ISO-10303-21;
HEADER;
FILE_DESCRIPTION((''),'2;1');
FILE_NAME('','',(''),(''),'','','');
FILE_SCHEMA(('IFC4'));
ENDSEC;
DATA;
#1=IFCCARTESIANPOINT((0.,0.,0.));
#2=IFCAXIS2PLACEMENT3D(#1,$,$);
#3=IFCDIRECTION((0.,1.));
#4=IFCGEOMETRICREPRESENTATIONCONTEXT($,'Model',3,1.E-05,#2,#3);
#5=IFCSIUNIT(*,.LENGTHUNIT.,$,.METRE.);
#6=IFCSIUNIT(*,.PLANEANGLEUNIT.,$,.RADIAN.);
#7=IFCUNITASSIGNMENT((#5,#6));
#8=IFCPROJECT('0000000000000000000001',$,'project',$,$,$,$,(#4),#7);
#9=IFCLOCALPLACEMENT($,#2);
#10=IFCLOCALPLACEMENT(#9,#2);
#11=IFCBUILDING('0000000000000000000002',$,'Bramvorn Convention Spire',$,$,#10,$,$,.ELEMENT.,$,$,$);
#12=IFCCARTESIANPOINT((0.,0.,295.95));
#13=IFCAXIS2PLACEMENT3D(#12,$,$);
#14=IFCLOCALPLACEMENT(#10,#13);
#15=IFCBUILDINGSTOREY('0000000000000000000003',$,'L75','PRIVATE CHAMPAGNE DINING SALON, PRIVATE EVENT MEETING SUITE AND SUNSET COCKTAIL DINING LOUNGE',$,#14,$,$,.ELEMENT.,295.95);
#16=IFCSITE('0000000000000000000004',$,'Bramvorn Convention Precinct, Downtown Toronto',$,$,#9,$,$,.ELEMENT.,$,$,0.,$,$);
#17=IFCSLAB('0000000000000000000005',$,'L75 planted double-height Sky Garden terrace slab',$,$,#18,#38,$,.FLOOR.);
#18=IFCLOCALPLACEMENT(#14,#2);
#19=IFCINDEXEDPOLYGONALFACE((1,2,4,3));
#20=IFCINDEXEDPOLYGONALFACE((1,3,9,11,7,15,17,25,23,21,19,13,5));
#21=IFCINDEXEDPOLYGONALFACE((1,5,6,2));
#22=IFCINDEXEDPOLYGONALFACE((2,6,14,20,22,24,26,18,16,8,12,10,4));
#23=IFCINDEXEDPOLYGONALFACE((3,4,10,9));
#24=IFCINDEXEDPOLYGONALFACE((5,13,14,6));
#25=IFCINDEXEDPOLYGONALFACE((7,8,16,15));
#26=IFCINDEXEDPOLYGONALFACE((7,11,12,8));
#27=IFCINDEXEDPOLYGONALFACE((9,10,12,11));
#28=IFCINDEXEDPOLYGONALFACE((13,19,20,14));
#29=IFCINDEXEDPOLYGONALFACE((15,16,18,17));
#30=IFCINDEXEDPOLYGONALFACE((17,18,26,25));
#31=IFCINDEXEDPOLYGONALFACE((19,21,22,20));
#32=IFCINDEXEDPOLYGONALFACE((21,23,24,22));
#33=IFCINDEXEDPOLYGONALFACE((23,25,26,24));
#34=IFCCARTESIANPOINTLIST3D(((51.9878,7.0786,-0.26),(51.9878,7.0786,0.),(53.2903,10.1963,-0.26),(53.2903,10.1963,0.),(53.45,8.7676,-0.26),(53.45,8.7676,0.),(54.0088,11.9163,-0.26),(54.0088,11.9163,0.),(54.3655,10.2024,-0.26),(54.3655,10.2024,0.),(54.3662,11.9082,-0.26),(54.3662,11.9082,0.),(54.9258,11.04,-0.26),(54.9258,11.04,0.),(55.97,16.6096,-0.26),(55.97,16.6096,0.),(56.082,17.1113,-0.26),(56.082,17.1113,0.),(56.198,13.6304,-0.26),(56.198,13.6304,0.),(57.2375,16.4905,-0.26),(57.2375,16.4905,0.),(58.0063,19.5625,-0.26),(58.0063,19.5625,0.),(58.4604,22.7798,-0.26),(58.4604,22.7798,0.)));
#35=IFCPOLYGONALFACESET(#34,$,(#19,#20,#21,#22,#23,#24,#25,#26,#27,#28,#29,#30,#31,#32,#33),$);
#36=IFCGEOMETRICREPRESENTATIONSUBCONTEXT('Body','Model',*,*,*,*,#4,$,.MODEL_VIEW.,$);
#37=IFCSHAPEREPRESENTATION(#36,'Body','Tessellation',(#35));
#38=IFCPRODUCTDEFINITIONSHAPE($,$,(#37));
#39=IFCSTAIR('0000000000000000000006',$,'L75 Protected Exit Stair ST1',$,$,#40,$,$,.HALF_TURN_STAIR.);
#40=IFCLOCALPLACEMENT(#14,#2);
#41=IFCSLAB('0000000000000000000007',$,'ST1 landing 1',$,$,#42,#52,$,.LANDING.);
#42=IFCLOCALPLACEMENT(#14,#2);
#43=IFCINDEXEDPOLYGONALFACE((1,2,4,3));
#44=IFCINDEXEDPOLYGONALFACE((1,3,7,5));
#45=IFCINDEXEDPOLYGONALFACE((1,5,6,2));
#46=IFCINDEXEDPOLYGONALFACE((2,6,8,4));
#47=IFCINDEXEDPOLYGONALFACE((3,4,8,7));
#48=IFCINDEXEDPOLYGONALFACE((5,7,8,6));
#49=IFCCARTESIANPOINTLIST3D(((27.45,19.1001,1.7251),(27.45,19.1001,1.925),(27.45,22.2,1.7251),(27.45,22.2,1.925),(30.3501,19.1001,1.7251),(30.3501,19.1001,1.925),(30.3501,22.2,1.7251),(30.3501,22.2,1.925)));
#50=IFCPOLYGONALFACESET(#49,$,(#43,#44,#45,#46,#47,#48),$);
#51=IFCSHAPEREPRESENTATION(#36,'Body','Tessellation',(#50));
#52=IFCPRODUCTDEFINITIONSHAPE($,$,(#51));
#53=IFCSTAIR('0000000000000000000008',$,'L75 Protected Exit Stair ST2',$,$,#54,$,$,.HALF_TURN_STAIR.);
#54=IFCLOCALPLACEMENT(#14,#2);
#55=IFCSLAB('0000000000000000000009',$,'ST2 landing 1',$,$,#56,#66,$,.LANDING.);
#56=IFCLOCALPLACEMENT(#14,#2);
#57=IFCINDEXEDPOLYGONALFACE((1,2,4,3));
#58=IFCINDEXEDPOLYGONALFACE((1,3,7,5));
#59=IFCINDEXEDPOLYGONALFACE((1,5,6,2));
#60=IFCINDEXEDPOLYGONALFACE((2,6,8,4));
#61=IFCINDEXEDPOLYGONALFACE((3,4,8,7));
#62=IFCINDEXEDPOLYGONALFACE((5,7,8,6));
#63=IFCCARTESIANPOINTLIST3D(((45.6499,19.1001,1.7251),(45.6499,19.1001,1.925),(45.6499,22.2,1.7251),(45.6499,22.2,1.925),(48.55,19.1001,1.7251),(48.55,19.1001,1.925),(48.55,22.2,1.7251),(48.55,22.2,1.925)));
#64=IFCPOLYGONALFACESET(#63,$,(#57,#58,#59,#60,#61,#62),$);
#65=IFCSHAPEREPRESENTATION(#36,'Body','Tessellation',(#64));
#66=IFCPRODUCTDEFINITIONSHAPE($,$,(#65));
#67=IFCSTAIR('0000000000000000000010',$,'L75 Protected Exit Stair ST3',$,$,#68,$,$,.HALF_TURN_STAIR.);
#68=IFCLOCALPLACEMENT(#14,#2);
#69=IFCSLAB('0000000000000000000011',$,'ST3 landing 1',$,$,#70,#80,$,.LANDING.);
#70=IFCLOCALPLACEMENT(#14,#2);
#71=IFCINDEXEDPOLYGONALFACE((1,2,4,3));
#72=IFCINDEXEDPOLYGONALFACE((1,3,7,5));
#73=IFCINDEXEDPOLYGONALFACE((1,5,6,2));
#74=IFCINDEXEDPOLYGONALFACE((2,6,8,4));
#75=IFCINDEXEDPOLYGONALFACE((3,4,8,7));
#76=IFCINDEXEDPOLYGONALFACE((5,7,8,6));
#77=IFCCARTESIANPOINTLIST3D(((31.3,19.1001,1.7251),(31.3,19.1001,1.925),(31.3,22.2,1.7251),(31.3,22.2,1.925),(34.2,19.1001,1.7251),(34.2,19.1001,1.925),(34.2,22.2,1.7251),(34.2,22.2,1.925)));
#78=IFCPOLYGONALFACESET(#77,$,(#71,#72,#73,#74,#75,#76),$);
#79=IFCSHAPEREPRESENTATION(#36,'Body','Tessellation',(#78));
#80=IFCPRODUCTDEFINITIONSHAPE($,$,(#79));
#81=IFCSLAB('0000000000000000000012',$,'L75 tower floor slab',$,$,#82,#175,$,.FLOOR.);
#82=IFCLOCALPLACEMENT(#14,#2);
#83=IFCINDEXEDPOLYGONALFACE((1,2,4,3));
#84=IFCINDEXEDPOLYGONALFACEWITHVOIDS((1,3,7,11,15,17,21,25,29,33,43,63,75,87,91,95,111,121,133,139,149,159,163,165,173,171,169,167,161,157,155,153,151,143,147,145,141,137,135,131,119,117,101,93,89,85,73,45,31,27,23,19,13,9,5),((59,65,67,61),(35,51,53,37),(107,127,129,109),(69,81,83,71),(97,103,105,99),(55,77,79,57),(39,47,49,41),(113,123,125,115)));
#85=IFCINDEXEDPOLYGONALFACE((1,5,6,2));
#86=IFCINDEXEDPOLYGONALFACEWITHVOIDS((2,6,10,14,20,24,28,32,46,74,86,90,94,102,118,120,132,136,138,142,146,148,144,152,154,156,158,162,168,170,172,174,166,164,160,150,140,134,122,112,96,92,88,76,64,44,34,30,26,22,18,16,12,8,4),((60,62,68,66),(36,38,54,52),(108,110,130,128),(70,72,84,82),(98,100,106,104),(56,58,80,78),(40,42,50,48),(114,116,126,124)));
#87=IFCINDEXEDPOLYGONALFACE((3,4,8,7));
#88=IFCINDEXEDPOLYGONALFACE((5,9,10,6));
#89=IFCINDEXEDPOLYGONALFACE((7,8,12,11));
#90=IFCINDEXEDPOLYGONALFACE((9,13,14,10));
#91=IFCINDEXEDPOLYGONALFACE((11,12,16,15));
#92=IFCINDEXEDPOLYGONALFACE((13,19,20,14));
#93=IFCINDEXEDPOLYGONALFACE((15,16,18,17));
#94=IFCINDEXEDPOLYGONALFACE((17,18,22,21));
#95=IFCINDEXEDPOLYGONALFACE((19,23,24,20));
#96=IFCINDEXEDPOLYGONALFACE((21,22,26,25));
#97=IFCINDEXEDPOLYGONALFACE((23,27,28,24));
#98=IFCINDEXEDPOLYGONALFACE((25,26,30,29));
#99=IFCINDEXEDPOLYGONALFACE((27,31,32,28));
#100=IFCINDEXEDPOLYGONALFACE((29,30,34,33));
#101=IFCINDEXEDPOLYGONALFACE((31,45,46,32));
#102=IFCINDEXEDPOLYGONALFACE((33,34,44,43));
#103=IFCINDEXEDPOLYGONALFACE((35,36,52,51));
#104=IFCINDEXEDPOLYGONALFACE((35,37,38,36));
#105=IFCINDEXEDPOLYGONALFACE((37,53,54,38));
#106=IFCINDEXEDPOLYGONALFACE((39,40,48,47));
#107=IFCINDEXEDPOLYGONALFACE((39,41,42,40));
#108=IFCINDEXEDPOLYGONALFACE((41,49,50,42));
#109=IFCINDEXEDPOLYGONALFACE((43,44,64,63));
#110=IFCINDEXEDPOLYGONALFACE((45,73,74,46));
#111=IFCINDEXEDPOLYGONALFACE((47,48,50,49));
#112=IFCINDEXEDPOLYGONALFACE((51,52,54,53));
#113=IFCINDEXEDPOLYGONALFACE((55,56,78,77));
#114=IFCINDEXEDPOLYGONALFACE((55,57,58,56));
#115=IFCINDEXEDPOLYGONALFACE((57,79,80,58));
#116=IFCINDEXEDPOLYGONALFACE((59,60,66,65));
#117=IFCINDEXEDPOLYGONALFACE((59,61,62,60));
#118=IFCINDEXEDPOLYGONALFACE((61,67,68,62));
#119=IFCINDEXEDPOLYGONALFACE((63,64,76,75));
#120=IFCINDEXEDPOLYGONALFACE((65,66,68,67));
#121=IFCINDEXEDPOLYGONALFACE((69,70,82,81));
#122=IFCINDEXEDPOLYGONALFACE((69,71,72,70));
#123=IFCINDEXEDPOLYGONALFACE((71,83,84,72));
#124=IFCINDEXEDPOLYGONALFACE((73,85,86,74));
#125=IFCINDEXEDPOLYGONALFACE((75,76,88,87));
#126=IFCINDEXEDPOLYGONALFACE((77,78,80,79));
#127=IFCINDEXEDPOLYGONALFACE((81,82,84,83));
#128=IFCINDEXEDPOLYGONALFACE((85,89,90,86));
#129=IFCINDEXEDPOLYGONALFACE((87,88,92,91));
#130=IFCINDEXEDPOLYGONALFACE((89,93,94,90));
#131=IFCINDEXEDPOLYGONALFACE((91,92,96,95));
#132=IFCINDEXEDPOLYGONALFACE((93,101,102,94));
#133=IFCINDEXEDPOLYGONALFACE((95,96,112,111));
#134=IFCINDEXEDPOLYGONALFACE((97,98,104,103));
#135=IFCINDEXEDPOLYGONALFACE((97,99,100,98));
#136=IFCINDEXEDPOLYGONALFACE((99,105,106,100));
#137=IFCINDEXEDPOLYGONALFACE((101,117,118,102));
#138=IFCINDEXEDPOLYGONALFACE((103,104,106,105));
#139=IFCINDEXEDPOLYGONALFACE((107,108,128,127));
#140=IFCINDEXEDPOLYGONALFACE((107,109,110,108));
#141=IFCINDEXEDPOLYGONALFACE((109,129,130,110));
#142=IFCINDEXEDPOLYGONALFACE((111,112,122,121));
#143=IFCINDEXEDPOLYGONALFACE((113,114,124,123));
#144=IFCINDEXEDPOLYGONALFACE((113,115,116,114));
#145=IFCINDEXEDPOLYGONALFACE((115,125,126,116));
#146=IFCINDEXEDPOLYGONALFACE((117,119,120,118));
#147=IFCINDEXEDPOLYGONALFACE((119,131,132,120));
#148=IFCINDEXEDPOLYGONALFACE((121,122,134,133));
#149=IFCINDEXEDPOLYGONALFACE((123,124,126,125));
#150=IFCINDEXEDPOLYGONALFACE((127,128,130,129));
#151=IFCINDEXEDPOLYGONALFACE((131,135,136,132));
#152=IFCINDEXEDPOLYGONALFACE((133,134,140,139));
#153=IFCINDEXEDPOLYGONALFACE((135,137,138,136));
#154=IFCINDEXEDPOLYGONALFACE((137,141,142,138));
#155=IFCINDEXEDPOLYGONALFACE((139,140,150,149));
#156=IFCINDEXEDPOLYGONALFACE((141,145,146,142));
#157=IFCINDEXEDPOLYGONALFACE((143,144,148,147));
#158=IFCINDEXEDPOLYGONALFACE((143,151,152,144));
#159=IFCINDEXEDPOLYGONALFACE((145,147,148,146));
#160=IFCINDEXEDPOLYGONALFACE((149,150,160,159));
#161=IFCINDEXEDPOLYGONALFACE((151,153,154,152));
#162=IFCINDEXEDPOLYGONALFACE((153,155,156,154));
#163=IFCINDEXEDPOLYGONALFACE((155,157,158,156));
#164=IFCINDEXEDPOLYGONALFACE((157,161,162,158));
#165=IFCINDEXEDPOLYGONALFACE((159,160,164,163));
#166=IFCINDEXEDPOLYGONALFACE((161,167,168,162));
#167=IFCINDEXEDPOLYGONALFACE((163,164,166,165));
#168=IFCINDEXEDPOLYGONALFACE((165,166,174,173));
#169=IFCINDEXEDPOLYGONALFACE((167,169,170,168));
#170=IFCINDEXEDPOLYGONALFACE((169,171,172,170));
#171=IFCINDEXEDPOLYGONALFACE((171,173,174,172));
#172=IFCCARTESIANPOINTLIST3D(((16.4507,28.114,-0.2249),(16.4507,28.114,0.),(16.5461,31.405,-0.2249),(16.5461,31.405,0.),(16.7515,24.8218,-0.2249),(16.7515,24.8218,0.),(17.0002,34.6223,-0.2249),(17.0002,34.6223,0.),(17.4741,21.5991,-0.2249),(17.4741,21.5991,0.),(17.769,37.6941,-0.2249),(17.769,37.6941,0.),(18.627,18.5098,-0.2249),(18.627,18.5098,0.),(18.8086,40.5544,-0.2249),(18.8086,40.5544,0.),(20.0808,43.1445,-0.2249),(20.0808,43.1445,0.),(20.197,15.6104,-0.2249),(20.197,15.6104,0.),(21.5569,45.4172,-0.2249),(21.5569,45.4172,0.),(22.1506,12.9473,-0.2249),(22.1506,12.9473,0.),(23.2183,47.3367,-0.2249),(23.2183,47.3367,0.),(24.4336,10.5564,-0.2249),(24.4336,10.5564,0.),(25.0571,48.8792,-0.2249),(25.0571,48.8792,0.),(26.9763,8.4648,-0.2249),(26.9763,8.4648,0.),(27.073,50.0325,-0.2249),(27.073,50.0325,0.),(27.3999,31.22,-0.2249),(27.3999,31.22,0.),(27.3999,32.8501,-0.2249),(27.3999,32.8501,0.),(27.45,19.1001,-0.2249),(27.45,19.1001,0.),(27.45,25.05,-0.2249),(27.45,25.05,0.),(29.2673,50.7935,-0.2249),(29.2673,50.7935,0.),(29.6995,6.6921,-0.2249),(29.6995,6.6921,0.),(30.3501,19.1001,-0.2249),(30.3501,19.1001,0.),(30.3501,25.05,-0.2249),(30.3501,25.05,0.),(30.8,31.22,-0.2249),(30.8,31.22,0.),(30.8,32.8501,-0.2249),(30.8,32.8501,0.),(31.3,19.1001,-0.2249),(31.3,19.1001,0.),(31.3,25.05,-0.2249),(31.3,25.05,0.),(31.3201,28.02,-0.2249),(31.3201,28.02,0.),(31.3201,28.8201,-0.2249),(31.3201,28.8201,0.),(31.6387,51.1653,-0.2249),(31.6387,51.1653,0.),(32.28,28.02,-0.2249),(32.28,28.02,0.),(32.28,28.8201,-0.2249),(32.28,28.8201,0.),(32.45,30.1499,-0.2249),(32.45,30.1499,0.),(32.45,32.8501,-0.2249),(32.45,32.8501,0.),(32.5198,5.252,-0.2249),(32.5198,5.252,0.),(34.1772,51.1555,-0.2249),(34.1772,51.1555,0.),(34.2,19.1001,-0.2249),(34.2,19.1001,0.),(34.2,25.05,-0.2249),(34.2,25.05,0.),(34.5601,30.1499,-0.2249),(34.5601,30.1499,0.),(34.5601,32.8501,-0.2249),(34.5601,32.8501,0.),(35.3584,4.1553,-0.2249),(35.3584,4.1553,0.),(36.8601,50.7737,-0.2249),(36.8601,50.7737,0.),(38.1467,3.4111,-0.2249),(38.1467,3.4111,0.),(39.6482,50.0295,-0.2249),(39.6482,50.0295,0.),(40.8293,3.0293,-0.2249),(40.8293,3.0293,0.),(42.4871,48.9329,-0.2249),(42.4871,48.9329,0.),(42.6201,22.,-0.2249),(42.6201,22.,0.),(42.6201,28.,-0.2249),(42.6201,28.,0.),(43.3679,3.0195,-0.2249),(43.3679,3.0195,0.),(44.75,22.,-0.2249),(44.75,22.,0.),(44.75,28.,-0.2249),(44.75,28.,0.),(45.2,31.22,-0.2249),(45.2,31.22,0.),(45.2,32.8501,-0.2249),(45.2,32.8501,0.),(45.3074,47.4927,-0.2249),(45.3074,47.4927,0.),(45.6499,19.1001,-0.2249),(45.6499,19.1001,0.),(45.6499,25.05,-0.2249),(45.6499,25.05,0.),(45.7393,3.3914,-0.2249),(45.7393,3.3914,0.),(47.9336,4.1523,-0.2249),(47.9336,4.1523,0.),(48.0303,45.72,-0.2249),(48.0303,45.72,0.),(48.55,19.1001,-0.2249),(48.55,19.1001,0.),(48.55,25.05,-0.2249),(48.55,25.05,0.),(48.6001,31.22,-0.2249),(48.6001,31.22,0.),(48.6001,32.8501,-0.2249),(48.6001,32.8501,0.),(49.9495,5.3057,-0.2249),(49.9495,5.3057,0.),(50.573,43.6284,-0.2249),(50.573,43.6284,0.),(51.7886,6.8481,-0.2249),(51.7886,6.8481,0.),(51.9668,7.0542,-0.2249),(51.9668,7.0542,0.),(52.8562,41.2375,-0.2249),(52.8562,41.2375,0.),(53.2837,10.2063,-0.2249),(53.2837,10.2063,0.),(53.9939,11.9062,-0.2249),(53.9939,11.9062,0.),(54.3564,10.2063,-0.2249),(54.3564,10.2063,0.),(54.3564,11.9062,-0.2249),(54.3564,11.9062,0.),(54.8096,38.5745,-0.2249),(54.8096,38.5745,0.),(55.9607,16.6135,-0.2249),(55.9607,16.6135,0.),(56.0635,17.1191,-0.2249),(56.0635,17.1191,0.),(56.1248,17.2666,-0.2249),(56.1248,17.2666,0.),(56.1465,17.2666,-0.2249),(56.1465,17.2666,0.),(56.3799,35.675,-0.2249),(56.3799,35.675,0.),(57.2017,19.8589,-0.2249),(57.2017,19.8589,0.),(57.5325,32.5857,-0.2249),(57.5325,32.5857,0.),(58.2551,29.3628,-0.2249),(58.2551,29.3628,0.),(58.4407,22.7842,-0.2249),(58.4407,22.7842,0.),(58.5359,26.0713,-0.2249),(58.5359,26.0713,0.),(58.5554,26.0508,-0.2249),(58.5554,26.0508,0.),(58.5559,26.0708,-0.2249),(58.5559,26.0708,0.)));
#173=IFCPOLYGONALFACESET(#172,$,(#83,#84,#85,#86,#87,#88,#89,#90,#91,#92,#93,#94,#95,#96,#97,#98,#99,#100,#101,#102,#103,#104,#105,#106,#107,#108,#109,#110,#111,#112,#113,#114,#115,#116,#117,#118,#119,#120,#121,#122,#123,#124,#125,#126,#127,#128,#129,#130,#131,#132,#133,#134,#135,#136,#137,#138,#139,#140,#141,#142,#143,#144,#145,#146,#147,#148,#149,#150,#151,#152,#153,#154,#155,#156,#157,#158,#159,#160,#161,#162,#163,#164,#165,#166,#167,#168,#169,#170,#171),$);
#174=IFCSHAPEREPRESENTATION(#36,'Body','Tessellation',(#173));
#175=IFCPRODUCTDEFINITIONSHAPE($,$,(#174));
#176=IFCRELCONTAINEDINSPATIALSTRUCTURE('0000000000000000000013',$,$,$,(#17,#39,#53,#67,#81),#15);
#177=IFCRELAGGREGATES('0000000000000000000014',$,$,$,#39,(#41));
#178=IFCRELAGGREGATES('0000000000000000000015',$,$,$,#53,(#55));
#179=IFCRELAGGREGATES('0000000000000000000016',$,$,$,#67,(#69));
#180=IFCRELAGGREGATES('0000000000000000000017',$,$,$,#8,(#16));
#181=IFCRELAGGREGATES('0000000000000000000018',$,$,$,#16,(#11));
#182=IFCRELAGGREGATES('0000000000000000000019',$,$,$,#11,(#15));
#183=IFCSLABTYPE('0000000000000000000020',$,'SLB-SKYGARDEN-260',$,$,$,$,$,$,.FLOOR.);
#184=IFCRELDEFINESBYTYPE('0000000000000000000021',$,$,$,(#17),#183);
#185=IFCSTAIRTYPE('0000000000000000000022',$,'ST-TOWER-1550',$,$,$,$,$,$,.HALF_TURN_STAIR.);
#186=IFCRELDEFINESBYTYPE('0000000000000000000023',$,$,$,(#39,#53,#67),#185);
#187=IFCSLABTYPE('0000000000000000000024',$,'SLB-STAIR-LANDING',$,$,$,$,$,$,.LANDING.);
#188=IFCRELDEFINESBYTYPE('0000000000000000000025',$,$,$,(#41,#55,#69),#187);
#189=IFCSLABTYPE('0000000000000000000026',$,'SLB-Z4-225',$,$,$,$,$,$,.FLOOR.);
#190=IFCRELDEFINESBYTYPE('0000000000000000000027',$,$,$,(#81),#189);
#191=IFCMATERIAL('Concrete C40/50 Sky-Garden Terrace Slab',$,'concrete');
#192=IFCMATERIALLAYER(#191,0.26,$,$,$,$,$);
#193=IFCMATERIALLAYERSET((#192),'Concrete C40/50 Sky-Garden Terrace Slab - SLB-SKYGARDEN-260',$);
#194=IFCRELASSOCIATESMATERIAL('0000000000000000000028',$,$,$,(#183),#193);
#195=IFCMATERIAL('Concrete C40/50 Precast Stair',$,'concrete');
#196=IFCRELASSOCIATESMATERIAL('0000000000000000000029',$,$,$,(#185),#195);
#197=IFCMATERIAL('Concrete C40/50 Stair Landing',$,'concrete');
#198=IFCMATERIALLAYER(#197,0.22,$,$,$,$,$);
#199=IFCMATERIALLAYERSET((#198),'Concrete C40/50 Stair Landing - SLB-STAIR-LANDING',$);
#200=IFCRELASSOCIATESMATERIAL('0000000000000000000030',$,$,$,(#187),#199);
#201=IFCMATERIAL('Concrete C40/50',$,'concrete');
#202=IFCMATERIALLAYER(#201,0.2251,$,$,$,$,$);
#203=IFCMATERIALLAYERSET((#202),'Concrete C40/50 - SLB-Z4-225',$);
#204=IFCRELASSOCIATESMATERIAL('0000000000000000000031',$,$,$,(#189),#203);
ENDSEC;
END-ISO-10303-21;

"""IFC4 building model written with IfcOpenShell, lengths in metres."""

from ifc_helpers import new_model, si_unit, direction, frame, origin, place, context, subcontext, project, spatial, polyline, outline, extrude, material, layer, layer_set, type_object, element, aggregate, save


model = new_model("IFC4")

# Units and contexts
model_context = context("Model", 3, precision=1e-05, world=origin(), true_north=direction((0.0, 1.0)))
body_context = subcontext(model_context, "Body", "Model", "MODEL_VIEW")
ifc_project = project(units=[si_unit("LENGTHUNIT", "METRE"), si_unit("PLANEANGLEUNIT", "RADIAN")], contexts=[model_context])

# Site, building, storey
site_placement = place(None, origin())
site = spatial("IfcSite", under=ifc_project, at=site_placement, Name="Bramvorn Convention Precinct, Downtown Toronto", CompositionType="ELEMENT", RefElevation=0.0)
building_placement = place(site_placement, origin())
building = spatial("IfcBuilding", under=site, at=building_placement, Name="Bramvorn Convention Spire", CompositionType="ELEMENT")
storey_placement = place(building_placement, frame((0.0, 0.0, 295.95)))
storey = spatial("IfcBuildingStorey", under=building, at=storey_placement, Name="L75", Description="PRIVATE CHAMPAGNE DINING SALON, PRIVATE EVENT MEETING SUITE AND SUNSET COCKTAIL DINING LOUNGE", CompositionType="ELEMENT", Elevation=295.95)

# Slab
ifc_material_1 = material(Name="Concrete C40/50 Sky-Garden Terrace Slab", Category="concrete")
ifc_layer_1 = layer(ifc_material_1, 0.26)
ifc_layer_set_1 = layer_set([ifc_layer_1], Name="Concrete C40/50 Sky-Garden Terrace Slab - SLB-SKYGARDEN-260")
slab_type_1 = type_object("IfcSlabType", Name="SLB-SKYGARDEN-260", PredefinedType="FLOOR", material=ifc_layer_set_1)
slab_1_placement = place(storey_placement, frame((0.0, 0.0, -0.26)))
element("IfcSlab", 1, at=slab_1_placement, inside=storey, type_object=slab_type_1, Name="L75 planted double-height Sky Garden terrace slab", PredefinedType="FLOOR", context=body_context, shape_type="SweptSolid", body=[
    extrude(outline(polyline([(55.97, 16.6096), (54.0088, 11.9163), (54.3662, 11.9082), (54.3655, 10.2024), (53.2903, 10.1963), (51.9878, 7.0786), (53.45, 8.7676), (54.9258, 11.04), (56.198, 13.6304), (57.2375, 16.4905), (58.0063, 19.5625), (58.4604, 22.7798), (56.082, 17.1113), (55.97, 16.6096)])), origin(), (0.0, 0.0, 1.0), 0.26),
])

# Stairs, slabs
ifc_material_2 = material(Name="Concrete C40/50 Precast Stair", Category="concrete")
stair_type = type_object("IfcStairType", Name="ST-TOWER-1550", PredefinedType="HALF_TURN_STAIR", material=ifc_material_2)
stair_1_placement = place(storey_placement, origin())
stair_1 = element("IfcStair", 2, at=stair_1_placement, inside=storey, type_object=stair_type, Name="L75 Protected Exit Stair ST1", PredefinedType="HALF_TURN_STAIR")
ifc_material_3 = material(Name="Concrete C40/50 Stair Landing", Category="concrete")
ifc_layer_2 = layer(ifc_material_3, 0.22)
ifc_layer_set_2 = layer_set([ifc_layer_2], Name="Concrete C40/50 Stair Landing - SLB-STAIR-LANDING")
slab_type_2 = type_object("IfcSlabType", Name="SLB-STAIR-LANDING", PredefinedType="LANDING", material=ifc_layer_set_2)
slab_2_placement = place(storey_placement, frame((0.0, 0.0, 1.7251)))
slab_2 = element("IfcSlab", 3, at=slab_2_placement, type_object=slab_type_2, Name="ST1 landing 1", PredefinedType="LANDING", context=body_context, shape_type="SweptSolid", body=[
    extrude(outline(polyline([(27.45, 22.2), (27.45, 19.1001), (30.3501, 19.1001), (30.3501, 22.2), (27.45, 22.2)])), origin(), (0.0, 0.0, 1.0), 0.2),
])
aggregate(stair_1, [slab_2])
stair_2_placement = place(storey_placement, origin())
stair_2 = element("IfcStair", 4, at=stair_2_placement, inside=storey, type_object=stair_type, Name="L75 Protected Exit Stair ST2", PredefinedType="HALF_TURN_STAIR")
slab_3_placement = place(storey_placement, frame((0.0, 0.0, 1.7251)))
slab_3 = element("IfcSlab", 5, at=slab_3_placement, type_object=slab_type_2, Name="ST2 landing 1", PredefinedType="LANDING", context=body_context, shape_type="SweptSolid", body=[
    extrude(outline(polyline([(45.6499, 22.2), (45.6499, 19.1001), (48.55, 19.1001), (48.55, 22.2), (45.6499, 22.2)])), origin(), (0.0, 0.0, 1.0), 0.2),
])
aggregate(stair_2, [slab_3])
stair_3_placement = place(storey_placement, origin())
stair_3 = element("IfcStair", 6, at=stair_3_placement, inside=storey, type_object=stair_type, Name="L75 Protected Exit Stair ST3", PredefinedType="HALF_TURN_STAIR")
slab_4_placement = place(storey_placement, frame((0.0, 0.0, 1.7251)))
slab_4 = element("IfcSlab", 7, at=slab_4_placement, type_object=slab_type_2, Name="ST3 landing 1", PredefinedType="LANDING", context=body_context, shape_type="SweptSolid", body=[
    extrude(outline(polyline([(31.3, 22.2), (31.3, 19.1001), (34.2, 19.1001), (34.2, 22.2), (31.3, 22.2)])), origin(), (0.0, 0.0, 1.0), 0.2),
])
aggregate(stair_3, [slab_4])

# Slab
ifc_material_4 = material(Name="Concrete C40/50", Category="concrete")
ifc_layer_3 = layer(ifc_material_4, 0.2251)
ifc_layer_set_3 = layer_set([ifc_layer_3], Name="Concrete C40/50 - SLB-Z4-225")
slab_type_3 = type_object("IfcSlabType", Name="SLB-Z4-225", PredefinedType="FLOOR", material=ifc_layer_set_3)
slab_5_placement = place(storey_placement, frame((0.0, 0.0, -0.2249)))
element("IfcSlab", 8, at=slab_5_placement, inside=storey, type_object=slab_type_3, Name="L75 tower floor slab", PredefinedType="FLOOR", context=body_context, shape_type="SweptSolid", body=[
    extrude(outline(polyline([(45.7393, 3.3914), (43.3679, 3.0195), (40.8293, 3.0293), (38.1467, 3.4111), (35.3584, 4.1553), (32.5198, 5.252), (29.6995, 6.6921), (26.9763, 8.4648), (24.4336, 10.5564), (22.1506, 12.9473), (20.197, 15.6104), (18.627, 18.5098), (17.4741, 21.5991), (16.7515, 24.8218), (16.4507, 28.114), (16.5461, 31.405), (17.0002, 34.6223), (17.769, 37.6941), (18.8086, 40.5544), (20.0808, 43.1445), (21.5569, 45.4172), (23.2183, 47.3367), (25.0571, 48.8792), (27.073, 50.0325), (29.2673, 50.7935), (31.6387, 51.1653), (34.1772, 51.1555), (36.8601, 50.7737), (39.6482, 50.0295), (42.4871, 48.9329), (45.3074, 47.4927), (48.0303, 45.72), (50.573, 43.6284), (52.8562, 41.2375), (54.8096, 38.5745), (56.3799, 35.675), (57.5325, 32.5857), (58.2551, 29.3628), (58.5559, 26.0708), (58.5554, 26.0508), (58.5359, 26.0713), (58.4407, 22.7842), (57.2017, 19.8589), (56.1465, 17.2666), (56.1248, 17.2666), (56.0635, 17.1191), (55.9607, 16.6135), (53.9939, 11.9062), (54.3564, 11.9062), (54.3564, 10.2063), (53.2837, 10.2063), (51.9668, 7.0542), (51.7886, 6.8481), (49.9495, 5.3057), (47.9336, 4.1523), (45.7393, 3.3914)]), holes=[polyline([(27.45, 25.05), (27.45, 19.1001), (30.3501, 19.1001), (30.3501, 25.05), (27.45, 25.05)]), polyline([(45.6499, 25.05), (45.6499, 19.1001), (48.55, 19.1001), (48.55, 25.05), (45.6499, 25.05)]), polyline([(31.3, 25.05), (31.3, 19.1001), (34.2, 19.1001), (34.2, 25.05), (31.3, 25.05)]), polyline([(27.3999, 31.22), (30.8, 31.22), (30.8, 32.8501), (27.3999, 32.8501), (27.3999, 31.22)]), polyline([(45.2, 31.22), (48.6001, 31.22), (48.6001, 32.8501), (45.2, 32.8501), (45.2, 31.22)]), polyline([(32.45, 30.1499), (34.5601, 30.1499), (34.5601, 32.8501), (32.45, 32.8501), (32.45, 30.1499)]), polyline([(42.6201, 22.0), (44.75, 22.0), (44.75, 28.0), (42.6201, 28.0), (42.6201, 22.0)]), polyline([(31.3201, 28.02), (32.28, 28.02), (32.28, 28.8201), (31.3201, 28.8201), (31.3201, 28.02)])]), origin(), (0.0, 0.0, 1.0), 0.2249),
])

save(model, "model.ifc")
